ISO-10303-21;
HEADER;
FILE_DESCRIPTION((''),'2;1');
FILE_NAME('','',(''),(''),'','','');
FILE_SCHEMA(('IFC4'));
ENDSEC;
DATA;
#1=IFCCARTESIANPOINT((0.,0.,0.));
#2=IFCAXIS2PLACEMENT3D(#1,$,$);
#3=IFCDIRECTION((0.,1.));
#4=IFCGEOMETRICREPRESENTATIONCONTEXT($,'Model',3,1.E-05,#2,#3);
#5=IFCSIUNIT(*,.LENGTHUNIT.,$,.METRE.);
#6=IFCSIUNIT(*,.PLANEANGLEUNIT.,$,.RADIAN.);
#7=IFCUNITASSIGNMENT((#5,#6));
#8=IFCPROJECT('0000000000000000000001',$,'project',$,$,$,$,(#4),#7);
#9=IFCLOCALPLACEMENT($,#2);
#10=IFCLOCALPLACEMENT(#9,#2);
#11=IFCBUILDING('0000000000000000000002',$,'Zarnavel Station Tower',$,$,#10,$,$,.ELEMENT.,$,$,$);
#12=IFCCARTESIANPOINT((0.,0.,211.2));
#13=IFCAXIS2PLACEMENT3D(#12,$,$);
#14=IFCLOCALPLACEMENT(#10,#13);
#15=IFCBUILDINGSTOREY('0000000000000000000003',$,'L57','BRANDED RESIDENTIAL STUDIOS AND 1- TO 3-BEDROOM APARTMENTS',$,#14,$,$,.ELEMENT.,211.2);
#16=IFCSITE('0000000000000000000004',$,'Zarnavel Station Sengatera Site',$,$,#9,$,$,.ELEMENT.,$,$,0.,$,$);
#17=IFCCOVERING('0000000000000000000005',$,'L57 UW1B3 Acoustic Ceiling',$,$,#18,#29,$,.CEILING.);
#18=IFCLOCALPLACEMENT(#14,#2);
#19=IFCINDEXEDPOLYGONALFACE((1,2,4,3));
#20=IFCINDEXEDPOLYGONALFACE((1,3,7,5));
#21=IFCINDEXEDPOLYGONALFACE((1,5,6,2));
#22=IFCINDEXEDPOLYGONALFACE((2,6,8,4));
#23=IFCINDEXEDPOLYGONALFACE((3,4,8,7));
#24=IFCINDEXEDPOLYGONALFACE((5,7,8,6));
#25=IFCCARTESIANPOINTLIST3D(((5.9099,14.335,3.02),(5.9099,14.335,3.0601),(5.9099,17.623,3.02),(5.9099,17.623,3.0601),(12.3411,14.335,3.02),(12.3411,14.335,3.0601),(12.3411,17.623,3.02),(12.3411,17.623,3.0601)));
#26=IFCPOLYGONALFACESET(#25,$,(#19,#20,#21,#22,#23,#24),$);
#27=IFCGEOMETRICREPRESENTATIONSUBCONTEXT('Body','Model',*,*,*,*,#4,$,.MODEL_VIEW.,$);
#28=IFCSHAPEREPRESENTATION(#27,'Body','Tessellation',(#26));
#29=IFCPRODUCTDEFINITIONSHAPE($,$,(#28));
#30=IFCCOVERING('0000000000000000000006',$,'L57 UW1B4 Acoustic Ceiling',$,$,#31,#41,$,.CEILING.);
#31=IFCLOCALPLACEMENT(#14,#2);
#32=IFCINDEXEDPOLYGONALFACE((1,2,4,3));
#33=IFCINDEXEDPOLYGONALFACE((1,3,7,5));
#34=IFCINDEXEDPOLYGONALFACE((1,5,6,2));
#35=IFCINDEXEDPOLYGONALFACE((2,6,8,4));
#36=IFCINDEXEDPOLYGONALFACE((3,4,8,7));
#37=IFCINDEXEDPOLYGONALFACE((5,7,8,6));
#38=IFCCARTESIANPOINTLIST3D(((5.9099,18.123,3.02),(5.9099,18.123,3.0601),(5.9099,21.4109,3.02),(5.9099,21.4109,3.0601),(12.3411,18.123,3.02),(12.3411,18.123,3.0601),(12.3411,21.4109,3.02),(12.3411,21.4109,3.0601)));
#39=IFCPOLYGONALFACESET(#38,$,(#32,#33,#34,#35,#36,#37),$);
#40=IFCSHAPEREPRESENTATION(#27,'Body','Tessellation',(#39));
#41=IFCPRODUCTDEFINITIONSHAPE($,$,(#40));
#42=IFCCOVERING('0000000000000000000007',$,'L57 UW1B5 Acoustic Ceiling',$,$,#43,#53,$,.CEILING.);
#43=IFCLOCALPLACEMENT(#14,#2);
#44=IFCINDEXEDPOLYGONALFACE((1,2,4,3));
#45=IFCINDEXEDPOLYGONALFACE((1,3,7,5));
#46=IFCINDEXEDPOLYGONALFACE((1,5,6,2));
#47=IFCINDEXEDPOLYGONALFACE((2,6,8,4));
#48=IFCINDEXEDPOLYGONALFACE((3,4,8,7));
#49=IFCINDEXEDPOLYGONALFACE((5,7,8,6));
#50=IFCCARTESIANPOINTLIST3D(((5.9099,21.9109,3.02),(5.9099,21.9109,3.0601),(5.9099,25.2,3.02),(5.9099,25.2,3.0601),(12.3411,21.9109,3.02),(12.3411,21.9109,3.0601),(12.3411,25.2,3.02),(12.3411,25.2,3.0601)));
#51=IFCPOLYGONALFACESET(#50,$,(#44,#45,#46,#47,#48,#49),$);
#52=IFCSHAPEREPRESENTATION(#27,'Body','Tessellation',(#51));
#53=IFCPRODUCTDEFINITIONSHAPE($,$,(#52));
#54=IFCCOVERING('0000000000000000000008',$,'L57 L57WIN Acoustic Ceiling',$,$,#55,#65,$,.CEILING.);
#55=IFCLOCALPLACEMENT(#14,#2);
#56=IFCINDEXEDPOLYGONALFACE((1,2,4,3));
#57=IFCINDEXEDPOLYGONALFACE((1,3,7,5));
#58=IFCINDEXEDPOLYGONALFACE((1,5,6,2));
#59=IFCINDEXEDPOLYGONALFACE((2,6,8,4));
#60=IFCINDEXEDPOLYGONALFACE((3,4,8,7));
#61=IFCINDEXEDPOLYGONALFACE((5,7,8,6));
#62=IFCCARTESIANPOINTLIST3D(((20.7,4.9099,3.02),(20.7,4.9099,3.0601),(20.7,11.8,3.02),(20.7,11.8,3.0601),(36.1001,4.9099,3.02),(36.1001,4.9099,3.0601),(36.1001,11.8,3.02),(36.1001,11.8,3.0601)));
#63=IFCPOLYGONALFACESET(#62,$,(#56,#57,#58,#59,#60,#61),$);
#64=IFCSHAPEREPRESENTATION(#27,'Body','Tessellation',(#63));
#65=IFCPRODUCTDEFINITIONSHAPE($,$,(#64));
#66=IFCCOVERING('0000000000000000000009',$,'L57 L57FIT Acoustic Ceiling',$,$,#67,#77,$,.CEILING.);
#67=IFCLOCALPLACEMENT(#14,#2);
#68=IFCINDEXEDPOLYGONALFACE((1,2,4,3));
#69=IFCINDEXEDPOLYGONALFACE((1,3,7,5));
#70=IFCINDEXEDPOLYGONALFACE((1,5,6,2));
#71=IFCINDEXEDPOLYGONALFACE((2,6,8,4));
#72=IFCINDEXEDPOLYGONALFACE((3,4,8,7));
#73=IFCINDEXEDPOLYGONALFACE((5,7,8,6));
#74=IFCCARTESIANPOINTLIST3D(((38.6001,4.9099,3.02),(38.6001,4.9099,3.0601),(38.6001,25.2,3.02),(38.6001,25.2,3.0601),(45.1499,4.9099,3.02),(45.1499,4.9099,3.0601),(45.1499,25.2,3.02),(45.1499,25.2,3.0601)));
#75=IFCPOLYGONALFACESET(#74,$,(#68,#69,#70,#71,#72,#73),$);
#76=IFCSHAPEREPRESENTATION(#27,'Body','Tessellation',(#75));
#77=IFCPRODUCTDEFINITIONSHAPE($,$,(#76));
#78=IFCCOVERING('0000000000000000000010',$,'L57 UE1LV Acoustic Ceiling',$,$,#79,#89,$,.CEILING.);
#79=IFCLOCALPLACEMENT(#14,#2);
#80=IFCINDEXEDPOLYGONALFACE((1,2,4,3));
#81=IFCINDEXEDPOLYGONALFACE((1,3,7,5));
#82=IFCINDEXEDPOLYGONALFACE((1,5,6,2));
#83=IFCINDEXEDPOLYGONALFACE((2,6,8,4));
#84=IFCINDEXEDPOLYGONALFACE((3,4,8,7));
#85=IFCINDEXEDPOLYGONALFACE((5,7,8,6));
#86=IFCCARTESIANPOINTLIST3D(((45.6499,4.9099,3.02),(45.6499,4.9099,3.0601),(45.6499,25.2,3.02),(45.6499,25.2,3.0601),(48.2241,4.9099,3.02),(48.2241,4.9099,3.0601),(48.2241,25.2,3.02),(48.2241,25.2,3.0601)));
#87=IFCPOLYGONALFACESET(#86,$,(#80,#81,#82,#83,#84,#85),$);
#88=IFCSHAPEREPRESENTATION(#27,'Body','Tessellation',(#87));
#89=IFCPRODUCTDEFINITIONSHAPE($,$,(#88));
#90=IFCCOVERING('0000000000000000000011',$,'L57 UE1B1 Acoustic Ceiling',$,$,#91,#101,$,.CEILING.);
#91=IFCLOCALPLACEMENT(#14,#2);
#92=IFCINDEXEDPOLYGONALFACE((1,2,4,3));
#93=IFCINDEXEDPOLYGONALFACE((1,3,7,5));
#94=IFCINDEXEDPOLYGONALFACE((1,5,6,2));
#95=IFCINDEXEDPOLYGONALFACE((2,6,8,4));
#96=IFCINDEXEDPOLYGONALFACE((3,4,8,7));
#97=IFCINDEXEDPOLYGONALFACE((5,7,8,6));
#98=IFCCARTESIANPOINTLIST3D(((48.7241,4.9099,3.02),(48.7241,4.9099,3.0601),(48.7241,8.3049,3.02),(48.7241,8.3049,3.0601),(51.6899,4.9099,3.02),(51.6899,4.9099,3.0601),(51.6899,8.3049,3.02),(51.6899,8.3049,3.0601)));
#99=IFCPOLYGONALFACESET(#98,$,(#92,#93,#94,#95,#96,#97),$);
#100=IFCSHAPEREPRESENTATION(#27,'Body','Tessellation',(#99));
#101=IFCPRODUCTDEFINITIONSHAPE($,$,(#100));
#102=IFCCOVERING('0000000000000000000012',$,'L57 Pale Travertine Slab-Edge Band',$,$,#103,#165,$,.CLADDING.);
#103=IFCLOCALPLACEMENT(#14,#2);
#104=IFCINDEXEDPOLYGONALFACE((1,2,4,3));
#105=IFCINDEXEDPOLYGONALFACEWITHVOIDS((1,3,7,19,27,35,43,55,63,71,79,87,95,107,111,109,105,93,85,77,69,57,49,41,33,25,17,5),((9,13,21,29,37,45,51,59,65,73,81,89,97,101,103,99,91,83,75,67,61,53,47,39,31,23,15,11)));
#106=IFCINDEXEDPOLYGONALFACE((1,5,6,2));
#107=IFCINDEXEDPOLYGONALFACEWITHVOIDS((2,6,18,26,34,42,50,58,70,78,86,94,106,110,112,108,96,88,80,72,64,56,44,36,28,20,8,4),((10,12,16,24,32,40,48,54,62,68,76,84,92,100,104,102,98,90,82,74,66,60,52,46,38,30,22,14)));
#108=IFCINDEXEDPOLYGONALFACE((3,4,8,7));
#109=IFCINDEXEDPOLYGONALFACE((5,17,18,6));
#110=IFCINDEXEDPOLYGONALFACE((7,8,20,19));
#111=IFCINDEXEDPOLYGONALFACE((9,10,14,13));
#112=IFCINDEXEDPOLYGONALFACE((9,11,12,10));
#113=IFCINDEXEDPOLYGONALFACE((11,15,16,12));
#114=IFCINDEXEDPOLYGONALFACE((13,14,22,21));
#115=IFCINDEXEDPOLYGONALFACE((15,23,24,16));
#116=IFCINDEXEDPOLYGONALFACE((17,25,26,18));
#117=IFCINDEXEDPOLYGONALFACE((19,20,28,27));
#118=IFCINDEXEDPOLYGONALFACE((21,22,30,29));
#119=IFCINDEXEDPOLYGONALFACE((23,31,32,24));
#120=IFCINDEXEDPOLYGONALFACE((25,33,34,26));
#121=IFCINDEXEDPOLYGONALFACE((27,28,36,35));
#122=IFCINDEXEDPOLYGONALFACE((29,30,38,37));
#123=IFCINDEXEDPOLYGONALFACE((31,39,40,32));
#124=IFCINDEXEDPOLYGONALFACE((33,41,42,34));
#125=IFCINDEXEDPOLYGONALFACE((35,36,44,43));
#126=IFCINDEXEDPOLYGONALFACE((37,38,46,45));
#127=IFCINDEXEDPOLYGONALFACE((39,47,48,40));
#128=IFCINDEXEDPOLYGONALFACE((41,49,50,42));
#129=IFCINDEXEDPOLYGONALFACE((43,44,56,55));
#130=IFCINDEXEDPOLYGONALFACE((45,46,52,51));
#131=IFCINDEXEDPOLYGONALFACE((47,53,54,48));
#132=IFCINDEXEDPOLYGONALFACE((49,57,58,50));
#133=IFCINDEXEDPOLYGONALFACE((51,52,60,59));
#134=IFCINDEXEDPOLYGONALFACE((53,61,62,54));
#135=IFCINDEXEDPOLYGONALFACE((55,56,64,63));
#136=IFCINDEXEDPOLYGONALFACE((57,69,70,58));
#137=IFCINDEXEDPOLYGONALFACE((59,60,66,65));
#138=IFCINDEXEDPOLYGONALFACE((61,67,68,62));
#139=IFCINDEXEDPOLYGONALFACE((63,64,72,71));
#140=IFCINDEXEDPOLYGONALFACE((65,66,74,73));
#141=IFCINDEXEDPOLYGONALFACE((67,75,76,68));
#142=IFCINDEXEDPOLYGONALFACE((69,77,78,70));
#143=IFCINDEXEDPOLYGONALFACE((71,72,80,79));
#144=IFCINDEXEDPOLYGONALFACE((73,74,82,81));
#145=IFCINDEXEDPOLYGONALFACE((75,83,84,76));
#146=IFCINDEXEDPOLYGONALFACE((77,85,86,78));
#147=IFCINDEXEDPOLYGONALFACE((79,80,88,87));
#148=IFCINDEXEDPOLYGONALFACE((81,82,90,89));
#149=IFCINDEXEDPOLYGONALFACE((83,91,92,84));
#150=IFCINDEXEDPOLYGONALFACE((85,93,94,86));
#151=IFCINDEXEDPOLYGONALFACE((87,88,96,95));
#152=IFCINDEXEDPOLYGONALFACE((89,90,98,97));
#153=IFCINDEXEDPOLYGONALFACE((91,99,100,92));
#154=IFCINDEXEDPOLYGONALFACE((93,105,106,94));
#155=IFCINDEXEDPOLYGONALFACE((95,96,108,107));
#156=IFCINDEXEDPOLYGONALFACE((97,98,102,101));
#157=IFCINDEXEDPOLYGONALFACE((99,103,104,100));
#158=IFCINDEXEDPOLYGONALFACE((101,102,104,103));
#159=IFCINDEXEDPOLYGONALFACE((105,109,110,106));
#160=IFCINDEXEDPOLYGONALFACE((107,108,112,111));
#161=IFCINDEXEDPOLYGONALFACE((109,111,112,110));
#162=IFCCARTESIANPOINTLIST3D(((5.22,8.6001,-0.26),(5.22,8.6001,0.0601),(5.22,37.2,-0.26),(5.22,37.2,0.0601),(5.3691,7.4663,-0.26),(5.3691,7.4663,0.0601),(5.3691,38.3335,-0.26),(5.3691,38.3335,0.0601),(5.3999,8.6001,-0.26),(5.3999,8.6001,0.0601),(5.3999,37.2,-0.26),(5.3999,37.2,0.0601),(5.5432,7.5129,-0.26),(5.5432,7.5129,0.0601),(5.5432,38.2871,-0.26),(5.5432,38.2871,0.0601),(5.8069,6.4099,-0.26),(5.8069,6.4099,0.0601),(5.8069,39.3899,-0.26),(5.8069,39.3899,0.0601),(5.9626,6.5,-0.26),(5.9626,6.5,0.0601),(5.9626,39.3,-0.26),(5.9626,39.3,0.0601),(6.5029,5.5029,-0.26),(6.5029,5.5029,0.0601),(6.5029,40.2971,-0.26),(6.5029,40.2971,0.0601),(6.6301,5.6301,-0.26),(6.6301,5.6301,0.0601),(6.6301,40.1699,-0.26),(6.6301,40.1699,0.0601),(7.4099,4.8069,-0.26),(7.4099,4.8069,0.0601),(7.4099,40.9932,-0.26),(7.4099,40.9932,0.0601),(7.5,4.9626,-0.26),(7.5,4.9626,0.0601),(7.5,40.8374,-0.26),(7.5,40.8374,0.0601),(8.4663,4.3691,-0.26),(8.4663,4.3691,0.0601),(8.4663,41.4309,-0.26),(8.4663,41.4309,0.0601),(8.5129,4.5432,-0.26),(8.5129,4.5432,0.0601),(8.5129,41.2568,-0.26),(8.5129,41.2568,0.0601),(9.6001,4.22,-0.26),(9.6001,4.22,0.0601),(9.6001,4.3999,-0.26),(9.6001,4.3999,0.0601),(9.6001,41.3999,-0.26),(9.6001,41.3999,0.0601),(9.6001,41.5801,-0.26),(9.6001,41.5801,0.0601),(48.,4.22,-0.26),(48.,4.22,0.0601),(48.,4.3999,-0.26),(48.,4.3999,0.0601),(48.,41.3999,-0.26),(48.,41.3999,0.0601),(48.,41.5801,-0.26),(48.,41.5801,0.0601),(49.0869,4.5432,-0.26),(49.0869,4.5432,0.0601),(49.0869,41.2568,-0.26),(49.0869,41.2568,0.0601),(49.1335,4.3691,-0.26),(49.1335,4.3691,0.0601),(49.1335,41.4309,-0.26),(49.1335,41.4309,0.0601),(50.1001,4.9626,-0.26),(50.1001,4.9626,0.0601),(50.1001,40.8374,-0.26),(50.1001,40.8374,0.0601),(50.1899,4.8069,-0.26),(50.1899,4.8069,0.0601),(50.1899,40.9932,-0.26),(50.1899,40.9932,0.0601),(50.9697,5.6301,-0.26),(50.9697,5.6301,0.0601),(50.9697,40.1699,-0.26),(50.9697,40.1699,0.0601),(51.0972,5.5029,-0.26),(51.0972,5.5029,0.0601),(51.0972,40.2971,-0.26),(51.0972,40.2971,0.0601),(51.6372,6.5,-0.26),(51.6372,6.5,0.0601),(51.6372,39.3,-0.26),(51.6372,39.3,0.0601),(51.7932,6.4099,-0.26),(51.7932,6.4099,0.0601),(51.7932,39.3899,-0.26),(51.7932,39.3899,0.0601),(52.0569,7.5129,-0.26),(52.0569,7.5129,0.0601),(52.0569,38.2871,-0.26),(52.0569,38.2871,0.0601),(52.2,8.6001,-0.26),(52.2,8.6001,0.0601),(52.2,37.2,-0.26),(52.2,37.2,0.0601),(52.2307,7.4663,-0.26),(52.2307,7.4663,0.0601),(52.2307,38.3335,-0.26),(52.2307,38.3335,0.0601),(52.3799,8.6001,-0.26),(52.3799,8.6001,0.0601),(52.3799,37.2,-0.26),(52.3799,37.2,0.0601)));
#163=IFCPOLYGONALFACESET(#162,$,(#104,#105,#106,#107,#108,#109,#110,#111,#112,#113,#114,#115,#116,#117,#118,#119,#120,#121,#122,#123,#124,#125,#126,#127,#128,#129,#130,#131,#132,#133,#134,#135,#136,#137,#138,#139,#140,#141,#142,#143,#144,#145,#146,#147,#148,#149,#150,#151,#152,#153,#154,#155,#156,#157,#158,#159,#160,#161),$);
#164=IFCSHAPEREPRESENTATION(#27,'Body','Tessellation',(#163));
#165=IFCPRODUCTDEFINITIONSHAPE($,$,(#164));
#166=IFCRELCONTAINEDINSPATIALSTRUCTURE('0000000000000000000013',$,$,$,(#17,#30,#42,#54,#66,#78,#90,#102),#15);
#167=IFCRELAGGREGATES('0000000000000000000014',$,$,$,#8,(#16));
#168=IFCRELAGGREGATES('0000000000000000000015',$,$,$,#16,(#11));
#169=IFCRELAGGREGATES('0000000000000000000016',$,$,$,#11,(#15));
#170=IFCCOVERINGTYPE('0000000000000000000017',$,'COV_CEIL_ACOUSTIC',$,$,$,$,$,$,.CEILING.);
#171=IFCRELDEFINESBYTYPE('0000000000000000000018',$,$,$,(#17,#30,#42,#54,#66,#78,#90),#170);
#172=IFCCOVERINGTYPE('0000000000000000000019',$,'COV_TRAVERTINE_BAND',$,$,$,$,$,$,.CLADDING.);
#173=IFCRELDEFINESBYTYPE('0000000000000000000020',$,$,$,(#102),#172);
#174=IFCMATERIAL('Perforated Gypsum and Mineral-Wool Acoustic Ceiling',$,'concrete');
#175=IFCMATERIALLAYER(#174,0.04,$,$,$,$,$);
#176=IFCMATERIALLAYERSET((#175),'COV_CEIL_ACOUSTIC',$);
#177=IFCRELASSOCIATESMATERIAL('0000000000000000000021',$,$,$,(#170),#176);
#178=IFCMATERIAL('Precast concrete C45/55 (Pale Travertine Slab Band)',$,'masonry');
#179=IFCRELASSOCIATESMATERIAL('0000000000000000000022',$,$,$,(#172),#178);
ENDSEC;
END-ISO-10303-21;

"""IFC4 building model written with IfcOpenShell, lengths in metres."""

from ifc_helpers import new_model, si_unit, direction, frame, origin, place, context, subcontext, project, spatial, polyline, outline, extrude, material, layer, layer_set, type_object, element, save


model = new_model("IFC4")

# Units and contexts
model_context = context("Model", 3, precision=1e-05, world=origin(), true_north=direction((0.0, 1.0)))
body_context = subcontext(model_context, "Body", "Model", "MODEL_VIEW")
ifc_project = project(units=[si_unit("LENGTHUNIT", "METRE"), si_unit("PLANEANGLEUNIT", "RADIAN")], contexts=[model_context])

# Site, building, storey
site_placement = place(None, origin())
site = spatial("IfcSite", under=ifc_project, at=site_placement, Name="Zarnavel Station Sengatera Site", CompositionType="ELEMENT", RefElevation=0.0)
building_placement = place(site_placement, origin())
building = spatial("IfcBuilding", under=site, at=building_placement, Name="Zarnavel Station Tower", CompositionType="ELEMENT")
storey_placement = place(building_placement, frame((0.0, 0.0, 211.2)))
storey = spatial("IfcBuildingStorey", under=building, at=storey_placement, Name="L57", Description="BRANDED RESIDENTIAL STUDIOS AND 1- TO 3-BEDROOM APARTMENTS", CompositionType="ELEMENT", Elevation=211.2)

# Coverings
ifc_material_1 = material(Name="Perforated Gypsum and Mineral-Wool Acoustic Ceiling", Category="concrete")
ifc_layer_1 = layer(ifc_material_1, 0.04)
ifc_layer_set_1 = layer_set([ifc_layer_1], Name="COV_CEIL_ACOUSTIC")
covering_type_1 = type_object("IfcCoveringType", Name="COV_CEIL_ACOUSTIC", PredefinedType="CEILING", material=ifc_layer_set_1)
covering_1_placement = place(storey_placement, frame((0.0, 0.0, 3.02)))
element("IfcCovering", 1, at=covering_1_placement, inside=storey, type_object=covering_type_1, Name="L57 UW1B3 Acoustic Ceiling", PredefinedType="CEILING", context=body_context, shape_type="SweptSolid", body=[
    extrude(outline(polyline([(5.9099, 14.335), (12.3411, 14.335), (12.3411, 17.623), (5.9099, 17.623), (5.9099, 14.335)])), origin(), (0.0, 0.0, 1.0), 0.04),
])
covering_2_placement = place(storey_placement, frame((0.0, 0.0, 3.02)))
element("IfcCovering", 2, at=covering_2_placement, inside=storey, type_object=covering_type_1, Name="L57 UW1B4 Acoustic Ceiling", PredefinedType="CEILING", context=body_context, shape_type="SweptSolid", body=[
    extrude(outline(polyline([(5.9099, 18.123), (12.3411, 18.123), (12.3411, 21.4109), (5.9099, 21.4109), (5.9099, 18.123)])), origin(), (0.0, 0.0, 1.0), 0.04),
])
covering_3_placement = place(storey_placement, frame((0.0, 0.0, 3.02)))
element("IfcCovering", 3, at=covering_3_placement, inside=storey, type_object=covering_type_1, Name="L57 UW1B5 Acoustic Ceiling", PredefinedType="CEILING", context=body_context, shape_type="SweptSolid", body=[
    extrude(outline(polyline([(5.9099, 21.9109), (12.3411, 21.9109), (12.3411, 25.2), (5.9099, 25.2), (5.9099, 21.9109)])), origin(), (0.0, 0.0, 1.0), 0.04),
])
covering_4_placement = place(storey_placement, frame((0.0, 0.0, 3.02)))
element("IfcCovering", 4, at=covering_4_placement, inside=storey, type_object=covering_type_1, Name="L57 L57WIN Acoustic Ceiling", PredefinedType="CEILING", context=body_context, shape_type="SweptSolid", body=[
    extrude(outline(polyline([(20.7, 4.9099), (36.1001, 4.9099), (36.1001, 11.8), (20.7, 11.8), (20.7, 4.9099)])), origin(), (0.0, 0.0, 1.0), 0.04),
])
covering_5_placement = place(storey_placement, frame((0.0, 0.0, 3.02)))
element("IfcCovering", 5, at=covering_5_placement, inside=storey, type_object=covering_type_1, Name="L57 L57FIT Acoustic Ceiling", PredefinedType="CEILING", context=body_context, shape_type="SweptSolid", body=[
    extrude(outline(polyline([(38.6001, 4.9099), (45.1499, 4.9099), (45.1499, 25.2), (38.6001, 25.2), (38.6001, 4.9099)])), origin(), (0.0, 0.0, 1.0), 0.04),
])
covering_6_placement = place(storey_placement, frame((0.0, 0.0, 3.02)))
element("IfcCovering", 6, at=covering_6_placement, inside=storey, type_object=covering_type_1, Name="L57 UE1LV Acoustic Ceiling", PredefinedType="CEILING", context=body_context, shape_type="SweptSolid", body=[
    extrude(outline(polyline([(45.6499, 4.9099), (48.2241, 4.9099), (48.2241, 25.2), (45.6499, 25.2), (45.6499, 4.9099)])), origin(), (0.0, 0.0, 1.0), 0.04),
])
covering_7_placement = place(storey_placement, frame((0.0, 0.0, 3.02)))
element("IfcCovering", 7, at=covering_7_placement, inside=storey, type_object=covering_type_1, Name="L57 UE1B1 Acoustic Ceiling", PredefinedType="CEILING", context=body_context, shape_type="SweptSolid", body=[
    extrude(outline(polyline([(48.7241, 4.9099), (51.6899, 4.9099), (51.6899, 8.3049), (48.7241, 8.3049), (48.7241, 4.9099)])), origin(), (0.0, 0.0, 1.0), 0.04),
])
ifc_material_2 = material(Name="Precast concrete C45/55 (Pale Travertine Slab Band)", Category="masonry")
covering_type_2 = type_object("IfcCoveringType", Name="COV_TRAVERTINE_BAND", PredefinedType="CLADDING", material=ifc_material_2)
covering_8_placement = place(storey_placement, frame((0.0, 0.0, -0.26)))
element("IfcCovering", 8, at=covering_8_placement, inside=storey, type_object=covering_type_2, Name="L57 Pale Travertine Slab-Edge Band", PredefinedType="CLADDING", context=body_context, shape_type="SweptSolid", body=[
    extrude(outline(polyline([(48.0, 4.22), (49.1335, 4.3691), (50.1899, 4.8069), (51.0972, 5.5029), (51.7932, 6.4099), (52.2307, 7.4663), (52.3799, 8.6001), (52.3799, 37.2), (52.2307, 38.3335), (51.7932, 39.3899), (51.0972, 40.2971), (50.1899, 40.9932), (49.1335, 41.4309), (48.0, 41.5801), (9.6001, 41.5801), (8.4663, 41.4309), (7.4099, 40.9932), (6.5029, 40.2971), (5.8069, 39.3899), (5.3691, 38.3335), (5.22, 37.2), (5.22, 8.6001), (5.3691, 7.4663), (5.8069, 6.4099), (6.5029, 5.5029), (7.4099, 4.8069), (8.4663, 4.3691), (9.6001, 4.22), (48.0, 4.22)]), holes=[polyline([(48.0, 4.3999), (49.0869, 4.5432), (50.1001, 4.9626), (50.9697, 5.6301), (51.6372, 6.5), (52.0569, 7.5129), (52.2, 8.6001), (52.2, 37.2), (52.0569, 38.2871), (51.6372, 39.3), (50.9697, 40.1699), (50.1001, 40.8374), (49.0869, 41.2568), (48.0, 41.3999), (9.6001, 41.3999), (8.5129, 41.2568), (7.5, 40.8374), (6.6301, 40.1699), (5.9626, 39.3), (5.5432, 38.2871), (5.3999, 37.2), (5.3999, 8.6001), (5.5432, 7.5129), (5.9626, 6.5), (6.6301, 5.6301), (7.5, 4.9626), (8.5129, 4.5432), (9.6001, 4.3999), (48.0, 4.3999)])]), origin(), (0.0, 0.0, 1.0), 0.3201),
])

save(model, "model.ifc")
